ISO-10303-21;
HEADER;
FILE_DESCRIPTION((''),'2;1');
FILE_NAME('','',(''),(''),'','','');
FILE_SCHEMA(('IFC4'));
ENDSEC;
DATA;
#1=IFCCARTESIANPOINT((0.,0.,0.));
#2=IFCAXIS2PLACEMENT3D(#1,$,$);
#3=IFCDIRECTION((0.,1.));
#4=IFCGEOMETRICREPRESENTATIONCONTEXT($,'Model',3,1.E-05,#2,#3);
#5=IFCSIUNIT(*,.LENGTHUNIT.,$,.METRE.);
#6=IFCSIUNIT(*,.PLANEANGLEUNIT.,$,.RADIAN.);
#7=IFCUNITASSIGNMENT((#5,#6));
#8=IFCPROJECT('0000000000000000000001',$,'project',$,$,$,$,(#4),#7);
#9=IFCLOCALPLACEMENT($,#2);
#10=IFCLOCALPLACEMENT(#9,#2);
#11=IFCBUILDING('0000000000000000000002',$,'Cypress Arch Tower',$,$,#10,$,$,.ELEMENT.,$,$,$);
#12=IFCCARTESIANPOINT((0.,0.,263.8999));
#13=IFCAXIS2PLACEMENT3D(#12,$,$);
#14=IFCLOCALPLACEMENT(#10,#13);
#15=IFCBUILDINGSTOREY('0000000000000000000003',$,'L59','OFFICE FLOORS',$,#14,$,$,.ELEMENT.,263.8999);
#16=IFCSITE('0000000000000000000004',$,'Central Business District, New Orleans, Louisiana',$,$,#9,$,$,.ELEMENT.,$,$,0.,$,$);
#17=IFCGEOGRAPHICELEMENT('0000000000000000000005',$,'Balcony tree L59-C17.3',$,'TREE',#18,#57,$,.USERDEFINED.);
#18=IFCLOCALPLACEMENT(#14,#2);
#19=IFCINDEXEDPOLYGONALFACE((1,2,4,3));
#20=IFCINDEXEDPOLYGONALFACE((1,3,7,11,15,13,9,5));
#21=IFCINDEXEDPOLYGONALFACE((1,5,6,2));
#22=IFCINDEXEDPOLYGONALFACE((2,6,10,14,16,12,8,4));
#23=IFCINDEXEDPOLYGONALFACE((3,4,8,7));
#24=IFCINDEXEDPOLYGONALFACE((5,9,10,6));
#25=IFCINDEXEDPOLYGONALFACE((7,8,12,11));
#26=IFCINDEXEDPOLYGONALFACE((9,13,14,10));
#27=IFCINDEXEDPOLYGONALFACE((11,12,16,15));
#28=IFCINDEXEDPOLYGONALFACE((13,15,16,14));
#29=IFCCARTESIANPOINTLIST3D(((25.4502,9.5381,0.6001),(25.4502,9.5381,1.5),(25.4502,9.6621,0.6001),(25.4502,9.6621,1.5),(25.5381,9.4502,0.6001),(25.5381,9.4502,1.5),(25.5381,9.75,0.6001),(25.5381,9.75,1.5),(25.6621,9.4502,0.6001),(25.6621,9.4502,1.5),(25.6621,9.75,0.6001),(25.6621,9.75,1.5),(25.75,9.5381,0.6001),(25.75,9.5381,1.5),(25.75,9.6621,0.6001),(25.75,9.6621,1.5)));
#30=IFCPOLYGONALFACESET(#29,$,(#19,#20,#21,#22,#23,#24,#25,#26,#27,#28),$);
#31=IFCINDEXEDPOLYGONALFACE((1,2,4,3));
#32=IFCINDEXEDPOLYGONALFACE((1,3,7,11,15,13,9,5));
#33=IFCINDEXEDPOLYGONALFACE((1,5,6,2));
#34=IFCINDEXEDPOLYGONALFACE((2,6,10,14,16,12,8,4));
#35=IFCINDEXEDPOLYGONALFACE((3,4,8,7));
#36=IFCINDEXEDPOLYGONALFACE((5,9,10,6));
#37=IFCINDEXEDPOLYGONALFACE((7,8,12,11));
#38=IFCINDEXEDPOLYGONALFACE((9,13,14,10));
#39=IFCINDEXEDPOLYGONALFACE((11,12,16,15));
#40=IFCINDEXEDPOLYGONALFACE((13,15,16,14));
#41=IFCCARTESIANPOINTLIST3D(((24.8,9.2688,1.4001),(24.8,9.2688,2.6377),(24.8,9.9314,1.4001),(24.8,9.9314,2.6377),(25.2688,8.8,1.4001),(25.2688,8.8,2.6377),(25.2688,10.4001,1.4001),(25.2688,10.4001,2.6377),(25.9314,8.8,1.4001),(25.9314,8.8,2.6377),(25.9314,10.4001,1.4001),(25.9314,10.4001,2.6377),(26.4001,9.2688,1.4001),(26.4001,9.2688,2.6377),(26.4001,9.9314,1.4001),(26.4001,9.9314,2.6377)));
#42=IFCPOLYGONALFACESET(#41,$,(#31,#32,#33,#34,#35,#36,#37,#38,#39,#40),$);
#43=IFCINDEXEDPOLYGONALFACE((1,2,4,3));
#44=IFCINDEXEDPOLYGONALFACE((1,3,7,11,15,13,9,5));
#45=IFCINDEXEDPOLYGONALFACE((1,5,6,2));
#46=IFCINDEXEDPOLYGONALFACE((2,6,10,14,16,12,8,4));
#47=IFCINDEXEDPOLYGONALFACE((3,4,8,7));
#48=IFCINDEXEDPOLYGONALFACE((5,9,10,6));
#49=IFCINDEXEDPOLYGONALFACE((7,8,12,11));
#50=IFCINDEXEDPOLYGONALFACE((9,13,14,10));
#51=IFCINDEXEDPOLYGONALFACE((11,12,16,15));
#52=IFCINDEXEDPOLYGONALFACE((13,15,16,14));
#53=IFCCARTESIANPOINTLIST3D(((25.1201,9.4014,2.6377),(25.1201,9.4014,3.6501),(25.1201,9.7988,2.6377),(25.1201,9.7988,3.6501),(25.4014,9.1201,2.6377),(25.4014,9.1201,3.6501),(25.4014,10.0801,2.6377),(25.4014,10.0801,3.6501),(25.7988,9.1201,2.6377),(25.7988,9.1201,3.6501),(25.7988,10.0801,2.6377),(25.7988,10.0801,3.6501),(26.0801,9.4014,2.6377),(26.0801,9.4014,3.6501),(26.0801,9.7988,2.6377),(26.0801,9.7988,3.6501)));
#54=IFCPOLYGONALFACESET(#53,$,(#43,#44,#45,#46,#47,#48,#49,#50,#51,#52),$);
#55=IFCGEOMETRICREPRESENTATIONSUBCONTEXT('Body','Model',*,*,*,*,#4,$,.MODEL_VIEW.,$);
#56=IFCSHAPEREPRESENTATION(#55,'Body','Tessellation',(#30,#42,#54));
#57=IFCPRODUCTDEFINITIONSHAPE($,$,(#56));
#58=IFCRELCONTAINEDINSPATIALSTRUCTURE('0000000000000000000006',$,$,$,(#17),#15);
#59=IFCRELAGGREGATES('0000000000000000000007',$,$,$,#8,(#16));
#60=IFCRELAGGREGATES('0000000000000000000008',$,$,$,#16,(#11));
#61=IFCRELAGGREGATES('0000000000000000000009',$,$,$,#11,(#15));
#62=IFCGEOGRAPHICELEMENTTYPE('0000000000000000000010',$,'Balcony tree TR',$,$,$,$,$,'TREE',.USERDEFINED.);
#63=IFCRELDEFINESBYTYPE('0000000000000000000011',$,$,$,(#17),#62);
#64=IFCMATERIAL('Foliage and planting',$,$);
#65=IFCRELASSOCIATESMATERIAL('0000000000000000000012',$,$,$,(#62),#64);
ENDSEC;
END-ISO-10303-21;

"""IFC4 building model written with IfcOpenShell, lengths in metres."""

from ifc_helpers import new_model, si_unit, direction, frame, origin, place, context, subcontext, project, spatial, polyline, outline, extrude, material, type_object, element, save


model = new_model("IFC4")

# Units and contexts
model_context = context("Model", 3, precision=1e-05, world=origin(), true_north=direction((0.0, 1.0)))
body_context = subcontext(model_context, "Body", "Model", "MODEL_VIEW")
ifc_project = project(units=[si_unit("LENGTHUNIT", "METRE"), si_unit("PLANEANGLEUNIT", "RADIAN")], contexts=[model_context])

# Site, building, storey
site_placement = place(None, origin())
site = spatial("IfcSite", under=ifc_project, at=site_placement, Name="Central Business District, New Orleans, Louisiana", CompositionType="ELEMENT", RefElevation=0.0)
building_placement = place(site_placement, origin())
building = spatial("IfcBuilding", under=site, at=building_placement, Name="Cypress Arch Tower", CompositionType="ELEMENT")
storey_placement = place(building_placement, frame((0.0, 0.0, 263.8999)))
storey = spatial("IfcBuildingStorey", under=building, at=storey_placement, Name="L59", Description="OFFICE FLOORS", CompositionType="ELEMENT", Elevation=263.8999)

# Geographic element
ifc_material_1 = material(Name="Foliage and planting")
geographic_element_type = type_object("IfcGeographicElementType", Name="Balcony tree TR", ElementType="TREE", PredefinedType="USERDEFINED", material=ifc_material_1)
geographic_element_placement = place(storey_placement, frame((25.6001, 9.6001, 0.6001), z_axis=(0.0, 0.0, 1.0), x_axis=(1.0, 0.0, 0.0)))
element("IfcGeographicElement", 1, at=geographic_element_placement, inside=storey, type_object=geographic_element_type, Name="Balcony tree L59-C17.3", ObjectType="TREE", PredefinedType="USERDEFINED", context=body_context, shape_type="SweptSolid", body=[
    extrude(outline(polyline([(0.1499, 0.062), (0.062, 0.1499), (-0.062, 0.1499), (-0.1499, 0.062), (-0.1499, -0.062), (-0.062, -0.1499), (0.062, -0.1499), (0.1499, -0.062), (0.1499, 0.062)])), origin(), (0.0, 0.0, 1.0), 0.8999),
    extrude(outline(polyline([(0.8, 0.3313), (0.3313, 0.8), (-0.3313, 0.8), (-0.8, 0.3313), (-0.8, -0.3313), (-0.3313, -0.8), (0.3313, -0.8), (0.8, -0.3313), (0.8, 0.3313)])), frame((0.0, 0.0, 0.8)), (0.0, 0.0, 1.0), 1.2375),
    extrude(outline(polyline([(0.48, 0.1987), (0.1987, 0.48), (-0.1987, 0.48), (-0.48, 0.1987), (-0.48, -0.1987), (-0.1987, -0.48), (0.1987, -0.48), (0.48, -0.1987), (0.48, 0.1987)])), frame((0.0, 0.0, 2.0376)), (0.0, 0.0, 1.0), 1.0125),
])

save(model, "model.ifc")
